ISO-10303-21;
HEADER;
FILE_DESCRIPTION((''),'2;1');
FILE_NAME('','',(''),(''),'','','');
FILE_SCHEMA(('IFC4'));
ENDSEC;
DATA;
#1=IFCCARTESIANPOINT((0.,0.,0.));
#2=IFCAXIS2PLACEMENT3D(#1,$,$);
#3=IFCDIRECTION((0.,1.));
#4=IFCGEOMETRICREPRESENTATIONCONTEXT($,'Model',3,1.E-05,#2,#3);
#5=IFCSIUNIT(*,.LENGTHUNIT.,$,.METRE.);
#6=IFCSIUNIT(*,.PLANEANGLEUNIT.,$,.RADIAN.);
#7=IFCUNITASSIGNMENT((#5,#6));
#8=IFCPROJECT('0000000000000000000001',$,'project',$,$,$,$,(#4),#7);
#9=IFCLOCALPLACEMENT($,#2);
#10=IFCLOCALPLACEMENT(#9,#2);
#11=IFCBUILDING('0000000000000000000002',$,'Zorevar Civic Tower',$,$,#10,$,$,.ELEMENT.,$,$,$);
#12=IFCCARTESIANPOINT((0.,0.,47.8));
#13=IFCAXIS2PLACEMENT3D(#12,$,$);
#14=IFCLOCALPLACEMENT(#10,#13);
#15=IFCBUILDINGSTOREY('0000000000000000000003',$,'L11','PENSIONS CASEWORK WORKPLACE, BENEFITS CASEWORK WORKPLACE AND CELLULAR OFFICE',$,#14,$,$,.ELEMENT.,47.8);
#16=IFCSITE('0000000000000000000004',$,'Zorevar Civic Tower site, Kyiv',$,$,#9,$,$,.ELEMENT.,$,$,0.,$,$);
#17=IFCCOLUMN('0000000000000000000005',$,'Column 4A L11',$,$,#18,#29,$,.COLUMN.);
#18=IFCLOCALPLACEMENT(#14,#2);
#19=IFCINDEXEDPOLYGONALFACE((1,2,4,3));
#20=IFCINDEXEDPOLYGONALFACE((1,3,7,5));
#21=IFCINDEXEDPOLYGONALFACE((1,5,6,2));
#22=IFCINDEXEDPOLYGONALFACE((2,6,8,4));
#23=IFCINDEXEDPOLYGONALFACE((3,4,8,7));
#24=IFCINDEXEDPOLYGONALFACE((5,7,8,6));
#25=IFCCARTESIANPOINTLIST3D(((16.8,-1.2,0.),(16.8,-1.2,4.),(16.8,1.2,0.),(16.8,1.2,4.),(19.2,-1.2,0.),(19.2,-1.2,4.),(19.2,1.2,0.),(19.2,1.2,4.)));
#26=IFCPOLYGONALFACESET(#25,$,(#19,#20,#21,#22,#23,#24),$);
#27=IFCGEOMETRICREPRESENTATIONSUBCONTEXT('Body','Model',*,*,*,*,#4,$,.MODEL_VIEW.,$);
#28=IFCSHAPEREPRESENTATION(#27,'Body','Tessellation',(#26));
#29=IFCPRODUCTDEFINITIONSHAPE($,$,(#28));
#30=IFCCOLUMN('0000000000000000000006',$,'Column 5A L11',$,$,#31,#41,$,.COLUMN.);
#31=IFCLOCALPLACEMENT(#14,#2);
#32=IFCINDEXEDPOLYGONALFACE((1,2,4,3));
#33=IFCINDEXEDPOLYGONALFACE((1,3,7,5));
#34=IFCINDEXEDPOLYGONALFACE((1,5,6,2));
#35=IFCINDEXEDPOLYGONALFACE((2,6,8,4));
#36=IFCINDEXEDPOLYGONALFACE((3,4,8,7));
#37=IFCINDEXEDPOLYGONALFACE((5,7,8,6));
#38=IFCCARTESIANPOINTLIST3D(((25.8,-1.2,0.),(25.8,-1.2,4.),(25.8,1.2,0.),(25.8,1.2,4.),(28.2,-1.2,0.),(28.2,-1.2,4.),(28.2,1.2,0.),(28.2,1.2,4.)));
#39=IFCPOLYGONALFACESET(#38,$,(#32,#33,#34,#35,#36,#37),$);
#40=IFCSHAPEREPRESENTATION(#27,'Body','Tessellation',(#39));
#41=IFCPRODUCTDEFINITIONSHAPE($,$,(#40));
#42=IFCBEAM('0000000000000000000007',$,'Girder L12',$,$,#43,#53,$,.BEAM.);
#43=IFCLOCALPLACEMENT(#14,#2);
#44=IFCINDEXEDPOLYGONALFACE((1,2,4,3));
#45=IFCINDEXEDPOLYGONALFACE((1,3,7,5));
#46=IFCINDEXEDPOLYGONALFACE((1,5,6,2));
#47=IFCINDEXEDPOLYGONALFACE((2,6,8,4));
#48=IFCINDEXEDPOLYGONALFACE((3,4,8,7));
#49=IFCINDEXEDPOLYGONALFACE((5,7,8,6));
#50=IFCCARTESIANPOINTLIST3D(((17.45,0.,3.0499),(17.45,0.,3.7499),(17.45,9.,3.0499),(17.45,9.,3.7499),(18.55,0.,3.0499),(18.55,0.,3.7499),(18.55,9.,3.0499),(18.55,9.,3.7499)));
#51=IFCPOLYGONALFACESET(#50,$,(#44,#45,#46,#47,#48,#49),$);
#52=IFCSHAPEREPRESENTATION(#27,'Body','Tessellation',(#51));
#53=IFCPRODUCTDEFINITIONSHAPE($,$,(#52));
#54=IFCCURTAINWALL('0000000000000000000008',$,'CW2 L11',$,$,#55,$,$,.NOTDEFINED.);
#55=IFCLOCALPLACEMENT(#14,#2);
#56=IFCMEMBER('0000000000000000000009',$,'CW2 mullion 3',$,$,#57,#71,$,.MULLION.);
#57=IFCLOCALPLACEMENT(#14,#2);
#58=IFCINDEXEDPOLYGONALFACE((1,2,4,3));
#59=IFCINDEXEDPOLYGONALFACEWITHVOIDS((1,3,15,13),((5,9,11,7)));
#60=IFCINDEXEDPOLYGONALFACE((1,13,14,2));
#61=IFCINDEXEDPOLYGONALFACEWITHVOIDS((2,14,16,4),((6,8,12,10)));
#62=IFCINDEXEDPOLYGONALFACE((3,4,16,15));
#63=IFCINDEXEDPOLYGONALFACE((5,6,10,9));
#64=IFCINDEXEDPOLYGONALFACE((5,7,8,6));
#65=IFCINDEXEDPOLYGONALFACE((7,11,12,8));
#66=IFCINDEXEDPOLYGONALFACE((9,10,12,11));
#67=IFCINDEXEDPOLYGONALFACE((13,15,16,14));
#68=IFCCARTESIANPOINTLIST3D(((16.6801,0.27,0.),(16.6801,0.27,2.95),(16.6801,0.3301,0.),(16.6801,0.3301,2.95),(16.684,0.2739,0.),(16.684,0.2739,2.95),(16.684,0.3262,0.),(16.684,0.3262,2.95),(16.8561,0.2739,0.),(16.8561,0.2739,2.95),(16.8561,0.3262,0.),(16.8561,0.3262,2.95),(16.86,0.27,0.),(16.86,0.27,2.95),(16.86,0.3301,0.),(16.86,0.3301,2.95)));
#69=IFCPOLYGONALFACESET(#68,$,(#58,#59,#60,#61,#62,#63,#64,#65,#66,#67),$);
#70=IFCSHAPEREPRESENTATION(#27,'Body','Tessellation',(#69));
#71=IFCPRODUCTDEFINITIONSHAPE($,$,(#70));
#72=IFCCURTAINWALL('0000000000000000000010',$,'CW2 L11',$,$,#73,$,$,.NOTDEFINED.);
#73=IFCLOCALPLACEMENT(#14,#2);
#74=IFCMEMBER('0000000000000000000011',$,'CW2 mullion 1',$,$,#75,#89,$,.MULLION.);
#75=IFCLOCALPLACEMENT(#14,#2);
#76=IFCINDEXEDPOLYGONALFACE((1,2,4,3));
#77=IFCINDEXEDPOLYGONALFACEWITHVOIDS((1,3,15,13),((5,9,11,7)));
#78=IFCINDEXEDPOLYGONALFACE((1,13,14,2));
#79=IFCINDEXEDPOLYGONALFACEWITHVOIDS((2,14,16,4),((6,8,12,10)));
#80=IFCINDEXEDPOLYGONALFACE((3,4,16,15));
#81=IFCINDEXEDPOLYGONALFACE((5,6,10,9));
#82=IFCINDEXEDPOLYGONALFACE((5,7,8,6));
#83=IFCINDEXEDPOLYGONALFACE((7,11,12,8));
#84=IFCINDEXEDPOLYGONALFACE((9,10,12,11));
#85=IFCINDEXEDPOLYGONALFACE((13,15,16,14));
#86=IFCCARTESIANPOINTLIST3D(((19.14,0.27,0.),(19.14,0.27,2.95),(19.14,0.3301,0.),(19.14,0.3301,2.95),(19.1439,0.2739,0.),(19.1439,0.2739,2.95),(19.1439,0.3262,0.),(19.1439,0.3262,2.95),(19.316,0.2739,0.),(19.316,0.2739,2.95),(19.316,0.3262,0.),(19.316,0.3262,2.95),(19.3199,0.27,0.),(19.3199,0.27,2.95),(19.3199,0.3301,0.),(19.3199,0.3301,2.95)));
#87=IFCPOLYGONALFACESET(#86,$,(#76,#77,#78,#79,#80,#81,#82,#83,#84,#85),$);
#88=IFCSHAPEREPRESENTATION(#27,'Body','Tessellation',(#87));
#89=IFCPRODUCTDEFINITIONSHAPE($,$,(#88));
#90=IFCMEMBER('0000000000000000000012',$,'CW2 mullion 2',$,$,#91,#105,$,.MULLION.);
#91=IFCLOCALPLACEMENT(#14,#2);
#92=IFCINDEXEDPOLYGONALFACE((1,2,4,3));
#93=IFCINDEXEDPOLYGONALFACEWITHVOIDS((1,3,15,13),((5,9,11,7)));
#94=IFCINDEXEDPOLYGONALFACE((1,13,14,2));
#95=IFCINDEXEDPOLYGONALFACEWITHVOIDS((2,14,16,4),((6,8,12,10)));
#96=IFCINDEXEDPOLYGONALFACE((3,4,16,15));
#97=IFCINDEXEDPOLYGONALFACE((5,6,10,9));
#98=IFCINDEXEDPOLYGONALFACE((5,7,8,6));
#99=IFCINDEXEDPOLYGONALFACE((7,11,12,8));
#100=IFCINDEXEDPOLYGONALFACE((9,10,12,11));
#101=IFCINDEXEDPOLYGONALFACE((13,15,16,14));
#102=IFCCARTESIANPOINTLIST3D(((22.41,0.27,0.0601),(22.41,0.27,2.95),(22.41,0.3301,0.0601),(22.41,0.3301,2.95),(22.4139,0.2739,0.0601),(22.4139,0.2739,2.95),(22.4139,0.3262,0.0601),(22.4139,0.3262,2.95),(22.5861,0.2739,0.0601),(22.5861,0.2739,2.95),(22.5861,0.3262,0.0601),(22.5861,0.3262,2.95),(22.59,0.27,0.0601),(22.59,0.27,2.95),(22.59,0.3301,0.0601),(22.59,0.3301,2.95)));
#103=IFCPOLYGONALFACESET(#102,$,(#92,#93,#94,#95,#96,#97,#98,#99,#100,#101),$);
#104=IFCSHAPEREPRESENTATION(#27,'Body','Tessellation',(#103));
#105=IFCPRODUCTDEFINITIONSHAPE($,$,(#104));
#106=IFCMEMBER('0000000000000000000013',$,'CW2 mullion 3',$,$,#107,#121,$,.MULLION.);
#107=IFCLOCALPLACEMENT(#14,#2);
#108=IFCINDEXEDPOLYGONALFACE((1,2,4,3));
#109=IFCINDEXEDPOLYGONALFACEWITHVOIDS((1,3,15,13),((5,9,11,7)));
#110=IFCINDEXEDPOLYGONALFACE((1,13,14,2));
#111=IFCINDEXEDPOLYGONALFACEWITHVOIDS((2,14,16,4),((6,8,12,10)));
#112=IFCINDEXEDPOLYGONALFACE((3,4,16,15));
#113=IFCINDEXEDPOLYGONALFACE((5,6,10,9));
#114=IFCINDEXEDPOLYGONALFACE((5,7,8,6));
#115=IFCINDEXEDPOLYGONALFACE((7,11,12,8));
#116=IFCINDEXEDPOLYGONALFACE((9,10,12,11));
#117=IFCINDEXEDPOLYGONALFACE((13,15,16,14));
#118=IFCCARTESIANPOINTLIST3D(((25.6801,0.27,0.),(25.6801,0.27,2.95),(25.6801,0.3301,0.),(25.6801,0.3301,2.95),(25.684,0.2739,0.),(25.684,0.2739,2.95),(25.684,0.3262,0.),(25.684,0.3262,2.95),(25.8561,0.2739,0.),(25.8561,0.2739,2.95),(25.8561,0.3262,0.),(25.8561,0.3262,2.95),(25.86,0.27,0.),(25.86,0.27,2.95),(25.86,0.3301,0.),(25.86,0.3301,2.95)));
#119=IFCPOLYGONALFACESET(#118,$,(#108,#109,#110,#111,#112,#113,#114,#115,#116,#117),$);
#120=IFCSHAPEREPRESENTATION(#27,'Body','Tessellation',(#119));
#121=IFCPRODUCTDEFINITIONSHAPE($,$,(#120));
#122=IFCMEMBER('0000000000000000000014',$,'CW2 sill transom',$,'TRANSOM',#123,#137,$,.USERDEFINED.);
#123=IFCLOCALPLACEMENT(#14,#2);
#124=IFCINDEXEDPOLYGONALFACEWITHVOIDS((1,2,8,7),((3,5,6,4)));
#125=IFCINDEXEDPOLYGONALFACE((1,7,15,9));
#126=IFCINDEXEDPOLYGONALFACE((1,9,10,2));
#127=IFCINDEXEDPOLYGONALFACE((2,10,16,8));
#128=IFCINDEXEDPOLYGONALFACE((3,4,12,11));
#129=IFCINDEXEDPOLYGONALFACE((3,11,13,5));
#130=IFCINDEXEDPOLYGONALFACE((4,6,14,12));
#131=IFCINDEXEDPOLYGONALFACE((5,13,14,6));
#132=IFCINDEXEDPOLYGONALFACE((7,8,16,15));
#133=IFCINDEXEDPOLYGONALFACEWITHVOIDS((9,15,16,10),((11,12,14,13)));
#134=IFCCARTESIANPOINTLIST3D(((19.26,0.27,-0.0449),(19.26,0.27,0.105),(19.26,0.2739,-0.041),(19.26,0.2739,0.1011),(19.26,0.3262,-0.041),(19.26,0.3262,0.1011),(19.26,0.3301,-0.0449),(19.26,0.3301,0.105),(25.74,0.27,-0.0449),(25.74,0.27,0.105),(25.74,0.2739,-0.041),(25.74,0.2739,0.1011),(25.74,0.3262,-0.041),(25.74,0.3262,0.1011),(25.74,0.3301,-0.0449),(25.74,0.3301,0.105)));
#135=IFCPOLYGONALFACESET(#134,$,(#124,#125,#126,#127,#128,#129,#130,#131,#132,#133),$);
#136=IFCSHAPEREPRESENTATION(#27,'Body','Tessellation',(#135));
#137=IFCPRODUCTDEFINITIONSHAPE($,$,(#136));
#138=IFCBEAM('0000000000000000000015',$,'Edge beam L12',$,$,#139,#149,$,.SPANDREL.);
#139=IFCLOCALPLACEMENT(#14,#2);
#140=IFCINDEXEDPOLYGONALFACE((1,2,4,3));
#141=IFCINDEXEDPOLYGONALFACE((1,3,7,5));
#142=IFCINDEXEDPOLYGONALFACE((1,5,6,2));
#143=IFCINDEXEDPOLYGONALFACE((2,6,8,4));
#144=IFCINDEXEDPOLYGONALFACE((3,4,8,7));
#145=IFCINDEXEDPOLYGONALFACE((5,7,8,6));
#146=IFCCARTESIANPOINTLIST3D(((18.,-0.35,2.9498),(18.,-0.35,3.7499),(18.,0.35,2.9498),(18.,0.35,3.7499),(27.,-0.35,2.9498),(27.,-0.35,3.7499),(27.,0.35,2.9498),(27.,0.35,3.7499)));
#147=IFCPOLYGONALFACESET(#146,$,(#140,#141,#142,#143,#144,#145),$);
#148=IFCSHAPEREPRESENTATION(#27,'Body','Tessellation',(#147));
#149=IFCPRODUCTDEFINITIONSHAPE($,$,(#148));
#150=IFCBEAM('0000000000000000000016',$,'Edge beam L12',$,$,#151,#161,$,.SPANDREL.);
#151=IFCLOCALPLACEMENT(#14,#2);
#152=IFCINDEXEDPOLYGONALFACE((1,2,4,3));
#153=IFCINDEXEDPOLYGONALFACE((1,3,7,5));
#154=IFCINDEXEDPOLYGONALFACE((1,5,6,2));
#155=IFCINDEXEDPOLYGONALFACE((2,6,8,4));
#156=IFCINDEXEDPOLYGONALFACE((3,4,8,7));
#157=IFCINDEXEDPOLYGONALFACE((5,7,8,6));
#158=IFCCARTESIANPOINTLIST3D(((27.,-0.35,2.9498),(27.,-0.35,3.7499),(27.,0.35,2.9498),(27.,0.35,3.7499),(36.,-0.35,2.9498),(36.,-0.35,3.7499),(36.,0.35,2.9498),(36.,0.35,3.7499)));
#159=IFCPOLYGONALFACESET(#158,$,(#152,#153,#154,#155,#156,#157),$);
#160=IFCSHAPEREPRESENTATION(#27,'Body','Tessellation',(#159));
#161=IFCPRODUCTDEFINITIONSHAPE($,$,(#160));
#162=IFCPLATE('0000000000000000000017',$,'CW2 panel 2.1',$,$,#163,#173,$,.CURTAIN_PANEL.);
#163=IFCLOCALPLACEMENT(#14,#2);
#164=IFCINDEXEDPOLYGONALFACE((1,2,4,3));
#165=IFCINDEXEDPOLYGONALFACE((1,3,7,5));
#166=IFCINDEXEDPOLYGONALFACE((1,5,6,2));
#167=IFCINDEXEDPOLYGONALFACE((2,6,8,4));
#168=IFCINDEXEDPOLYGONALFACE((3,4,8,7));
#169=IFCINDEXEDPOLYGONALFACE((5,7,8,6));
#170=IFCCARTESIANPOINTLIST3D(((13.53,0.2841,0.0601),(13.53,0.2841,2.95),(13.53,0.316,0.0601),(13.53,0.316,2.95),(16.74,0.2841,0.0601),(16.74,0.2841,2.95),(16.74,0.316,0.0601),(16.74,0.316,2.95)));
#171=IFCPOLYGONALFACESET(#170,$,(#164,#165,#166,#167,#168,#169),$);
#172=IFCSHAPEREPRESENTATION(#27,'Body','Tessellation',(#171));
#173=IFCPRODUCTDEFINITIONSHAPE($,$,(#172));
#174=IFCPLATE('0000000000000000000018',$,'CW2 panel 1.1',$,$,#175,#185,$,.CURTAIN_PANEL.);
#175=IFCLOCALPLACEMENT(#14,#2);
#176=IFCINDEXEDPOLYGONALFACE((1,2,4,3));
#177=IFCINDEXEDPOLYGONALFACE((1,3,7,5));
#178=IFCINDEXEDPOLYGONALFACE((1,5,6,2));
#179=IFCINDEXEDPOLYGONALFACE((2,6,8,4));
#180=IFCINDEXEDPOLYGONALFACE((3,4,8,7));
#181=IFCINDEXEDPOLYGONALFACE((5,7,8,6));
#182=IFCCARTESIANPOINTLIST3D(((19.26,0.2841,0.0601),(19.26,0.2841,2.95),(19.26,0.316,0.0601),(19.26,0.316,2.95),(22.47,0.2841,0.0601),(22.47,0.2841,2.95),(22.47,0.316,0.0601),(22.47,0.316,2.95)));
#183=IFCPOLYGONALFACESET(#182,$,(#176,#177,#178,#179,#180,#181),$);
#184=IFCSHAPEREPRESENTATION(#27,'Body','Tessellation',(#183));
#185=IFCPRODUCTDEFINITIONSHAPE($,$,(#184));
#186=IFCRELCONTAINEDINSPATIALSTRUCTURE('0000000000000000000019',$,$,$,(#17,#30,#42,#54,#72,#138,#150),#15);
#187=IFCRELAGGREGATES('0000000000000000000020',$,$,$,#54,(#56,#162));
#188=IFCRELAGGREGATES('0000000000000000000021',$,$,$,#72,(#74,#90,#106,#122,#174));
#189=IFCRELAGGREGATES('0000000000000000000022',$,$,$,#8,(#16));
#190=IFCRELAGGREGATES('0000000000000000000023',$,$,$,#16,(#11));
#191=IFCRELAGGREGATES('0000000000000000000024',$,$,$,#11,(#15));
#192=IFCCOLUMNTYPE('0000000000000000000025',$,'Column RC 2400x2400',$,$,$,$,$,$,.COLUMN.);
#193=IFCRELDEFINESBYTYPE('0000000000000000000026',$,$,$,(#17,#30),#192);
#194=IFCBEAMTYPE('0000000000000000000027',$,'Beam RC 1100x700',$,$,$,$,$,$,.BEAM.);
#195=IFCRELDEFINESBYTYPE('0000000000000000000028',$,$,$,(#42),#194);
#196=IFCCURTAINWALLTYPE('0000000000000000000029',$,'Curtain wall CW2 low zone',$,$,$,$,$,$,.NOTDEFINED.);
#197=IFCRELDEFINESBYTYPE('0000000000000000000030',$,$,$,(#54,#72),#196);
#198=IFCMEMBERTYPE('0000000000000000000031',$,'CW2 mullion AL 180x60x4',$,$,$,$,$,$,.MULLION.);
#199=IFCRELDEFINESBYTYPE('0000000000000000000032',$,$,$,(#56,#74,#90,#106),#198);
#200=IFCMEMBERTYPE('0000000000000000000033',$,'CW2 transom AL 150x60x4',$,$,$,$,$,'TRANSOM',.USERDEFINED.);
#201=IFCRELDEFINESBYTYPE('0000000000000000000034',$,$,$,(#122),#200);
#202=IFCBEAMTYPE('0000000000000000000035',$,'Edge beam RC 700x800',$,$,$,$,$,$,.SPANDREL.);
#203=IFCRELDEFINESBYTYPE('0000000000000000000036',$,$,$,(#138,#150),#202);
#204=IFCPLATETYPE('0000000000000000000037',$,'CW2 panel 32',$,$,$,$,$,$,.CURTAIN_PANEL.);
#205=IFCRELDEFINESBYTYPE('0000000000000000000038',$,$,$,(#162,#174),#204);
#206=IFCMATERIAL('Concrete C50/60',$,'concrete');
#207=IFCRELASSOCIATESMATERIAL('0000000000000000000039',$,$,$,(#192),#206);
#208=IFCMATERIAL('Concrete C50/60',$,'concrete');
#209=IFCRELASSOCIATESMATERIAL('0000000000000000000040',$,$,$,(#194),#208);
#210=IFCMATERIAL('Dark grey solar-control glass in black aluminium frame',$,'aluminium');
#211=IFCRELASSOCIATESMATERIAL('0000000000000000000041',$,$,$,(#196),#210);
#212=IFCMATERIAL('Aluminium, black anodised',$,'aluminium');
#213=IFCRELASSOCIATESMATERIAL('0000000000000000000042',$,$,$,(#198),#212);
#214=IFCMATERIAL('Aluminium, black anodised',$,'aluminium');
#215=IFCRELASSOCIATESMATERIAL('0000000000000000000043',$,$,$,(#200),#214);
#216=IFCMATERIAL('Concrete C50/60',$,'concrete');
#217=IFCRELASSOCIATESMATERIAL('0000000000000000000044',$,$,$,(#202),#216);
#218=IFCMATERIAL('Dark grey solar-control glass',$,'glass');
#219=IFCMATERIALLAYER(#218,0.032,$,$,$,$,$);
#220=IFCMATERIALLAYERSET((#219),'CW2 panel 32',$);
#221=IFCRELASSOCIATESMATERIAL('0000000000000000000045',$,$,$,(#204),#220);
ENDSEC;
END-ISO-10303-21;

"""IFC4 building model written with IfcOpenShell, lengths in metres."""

from ifc_helpers import new_model, si_unit, direction, frame, origin, origin_2d, place, context, subcontext, project, spatial, rectangle, hollow_rectangle, extrude, material, layer, layer_set, material_profile, profile_set, type_object, element, aggregate, save


model = new_model("IFC4")

# Units and contexts
model_context = context("Model", 3, precision=1e-05, world=origin(), true_north=direction((0.0, 1.0)))
body_context = subcontext(model_context, "Body", "Model", "MODEL_VIEW")
ifc_project = project(units=[si_unit("LENGTHUNIT", "METRE"), si_unit("PLANEANGLEUNIT", "RADIAN")], contexts=[model_context])

# Site, building, storey
site_placement = place(None, origin())
site = spatial("IfcSite", under=ifc_project, at=site_placement, Name="Zorevar Civic Tower site, Kyiv", CompositionType="ELEMENT", RefElevation=0.0)
building_placement = place(site_placement, origin())
building = spatial("IfcBuilding", under=site, at=building_placement, Name="Zorevar Civic Tower", CompositionType="ELEMENT")
storey_placement = place(building_placement, frame((0.0, 0.0, 47.8)))
storey = spatial("IfcBuildingStorey", under=building, at=storey_placement, Name="L11", Description="PENSIONS CASEWORK WORKPLACE, BENEFITS CASEWORK WORKPLACE AND CELLULAR OFFICE", CompositionType="ELEMENT", Elevation=47.8)

# Columns
ifc_material_1 = material(Name="Concrete C50/60", Category="concrete")
ifc_material_profile_1 = material_profile(ifc_material_1, rectangle(XDim=2.3999, YDim=2.3999, at=origin_2d()), Name="RC 2400x2400")
ifc_profile_set_1 = profile_set([ifc_material_profile_1], Name="Concrete C50/60")
column_type = type_object("IfcColumnType", Name="Column RC 2400x2400", PredefinedType="COLUMN", material=ifc_profile_set_1)
for number, where, z_axis, x_axis, name in (
    (1, (18.0, 0.0, 0.0), (0.0, 0.0, 1.0), (1.0, 0.0, 0.0), "Column 4A L11"),
    (2, (27.0, 0.0, 0.0), (0.0, 0.0, 1.0), (1.0, 0.0, 0.0), "Column 5A L11"),
):
    element("IfcColumn", number, at=place(storey_placement, frame(where, z_axis=z_axis, x_axis=x_axis)), inside=storey, type_object=column_type, Name=name, PredefinedType="COLUMN", context=body_context, shape_type="SweptSolid", body=[
        extrude(rectangle(XDim=2.3999, YDim=2.3999, at=origin_2d()), origin(), (0.0, 0.0, 1.0), 4.0),
    ])

# Beam
ifc_material_2 = material(Name="Concrete C50/60", Category="concrete")
ifc_material_profile_2 = material_profile(ifc_material_2, rectangle(XDim=1.1001, YDim=0.7, at=origin_2d()), Name="RC 1100x700")
ifc_profile_set_2 = profile_set([ifc_material_profile_2], Name="Concrete C50/60")
beam_type_1 = type_object("IfcBeamType", Name="Beam RC 1100x700", PredefinedType="BEAM", material=ifc_profile_set_2)
beam_placement = place(storey_placement, frame((18.0, 0.0, 3.3999), z_axis=(0.0, 1.0, 0.0), x_axis=(-1.0, 0.0, 0.0)))
element("IfcBeam", 3, at=beam_placement, inside=storey, type_object=beam_type_1, Name="Girder L12", PredefinedType="BEAM", context=body_context, shape_type="SweptSolid", body=[
    extrude(rectangle(XDim=1.1001, YDim=0.7, at=origin_2d()), origin(), (0.0, 0.0, 1.0), 9.0),
])

# Curtain wall, member
ifc_material_3 = material(Name="Dark grey solar-control glass in black aluminium frame", Category="aluminium")
curtain_wall_type = type_object("IfcCurtainWallType", Name="Curtain wall CW2 low zone", PredefinedType="NOTDEFINED", material=ifc_material_3)
curtain_wall_1_placement = place(storey_placement, origin())
curtain_wall_1 = element("IfcCurtainWall", 4, at=curtain_wall_1_placement, inside=storey, type_object=curtain_wall_type, Name="CW2 L11", PredefinedType="NOTDEFINED")
ifc_material_4 = material(Name="Aluminium, black anodised", Category="aluminium")
ifc_material_profile_3 = material_profile(ifc_material_4, hollow_rectangle(XDim=0.0601, YDim=0.1799, WallThickness=0.0039, at=origin_2d()), Name="AL 180x60x4")
ifc_profile_set_3 = profile_set([ifc_material_profile_3], Name="Aluminium, black anodised")
member_type_1 = type_object("IfcMemberType", Name="CW2 mullion AL 180x60x4", PredefinedType="MULLION", material=ifc_profile_set_3)
member_1_placement = place(storey_placement, frame((16.77, 0.3, 0.0), z_axis=(0.0, 0.0, 1.0), x_axis=(0.0, 1.0, 0.0)))
member_1 = element("IfcMember", 5, at=member_1_placement, type_object=member_type_1, Name="CW2 mullion 3", PredefinedType="MULLION", context=body_context, shape_type="SweptSolid", body=[
    extrude(hollow_rectangle(XDim=0.0601, YDim=0.1799, WallThickness=0.0039, at=origin_2d()), origin(), (0.0, 0.0, 1.0), 2.95),
])

# Curtain wall, members
curtain_wall_2_placement = place(storey_placement, origin())
curtain_wall_2 = element("IfcCurtainWall", 6, at=curtain_wall_2_placement, inside=storey, type_object=curtain_wall_type, Name="CW2 L11", PredefinedType="NOTDEFINED")
member_2_placement = place(storey_placement, frame((19.23, 0.3, 0.0), z_axis=(0.0, 0.0, 1.0), x_axis=(0.0, 1.0, 0.0)))
member_2 = element("IfcMember", 7, at=member_2_placement, type_object=member_type_1, Name="CW2 mullion 1", PredefinedType="MULLION", context=body_context, shape_type="SweptSolid", body=[
    extrude(hollow_rectangle(XDim=0.0601, YDim=0.1799, WallThickness=0.0039, at=origin_2d()), origin(), (0.0, 0.0, 1.0), 2.95),
])
member_3_placement = place(storey_placement, frame((22.5, 0.3, 0.0601), z_axis=(0.0, 0.0, 1.0), x_axis=(0.0, 1.0, 0.0)))
member_3 = element("IfcMember", 8, at=member_3_placement, type_object=member_type_1, Name="CW2 mullion 2", PredefinedType="MULLION", context=body_context, shape_type="SweptSolid", body=[
    extrude(hollow_rectangle(XDim=0.0601, YDim=0.1799, WallThickness=0.0039, at=origin_2d()), origin(), (0.0, 0.0, 1.0), 2.8899),
])
member_4_placement = place(storey_placement, frame((25.77, 0.3, 0.0), z_axis=(0.0, 0.0, 1.0), x_axis=(0.0, 1.0, 0.0)))
member_4 = element("IfcMember", 9, at=member_4_placement, type_object=member_type_1, Name="CW2 mullion 3", PredefinedType="MULLION", context=body_context, shape_type="SweptSolid", body=[
    extrude(hollow_rectangle(XDim=0.0601, YDim=0.1799, WallThickness=0.0039, at=origin_2d()), origin(), (0.0, 0.0, 1.0), 2.95),
])
ifc_material_5 = material(Name="Aluminium, black anodised", Category="aluminium")
ifc_material_profile_4 = material_profile(ifc_material_5, hollow_rectangle(XDim=0.0601, YDim=0.1499, WallThickness=0.0039, at=origin_2d()), Name="AL 150x60x4")
ifc_profile_set_4 = profile_set([ifc_material_profile_4], Name="Aluminium, black anodised")
member_type_2 = type_object("IfcMemberType", Name="CW2 transom AL 150x60x4", ElementType="TRANSOM", PredefinedType="USERDEFINED", material=ifc_profile_set_4)
member_5_placement = place(storey_placement, frame((19.26, 0.3, 0.03), z_axis=(1.0, 0.0, 0.0), x_axis=(0.0, 1.0, 0.0)))
member_5 = element("IfcMember", 10, at=member_5_placement, type_object=member_type_2, Name="CW2 sill transom", ObjectType="TRANSOM", PredefinedType="USERDEFINED", context=body_context, shape_type="SweptSolid", body=[
    extrude(hollow_rectangle(XDim=0.0601, YDim=0.1499, WallThickness=0.0039, at=origin_2d()), origin(), (0.0, 0.0, 1.0), 6.48),
])

# Beams
ifc_material_6 = material(Name="Concrete C50/60", Category="concrete")
ifc_material_profile_5 = material_profile(ifc_material_6, rectangle(XDim=0.7, YDim=0.8, at=origin_2d()), Name="RC 700x800")
ifc_profile_set_5 = profile_set([ifc_material_profile_5], Name="Concrete C50/60")
beam_type_2 = type_object("IfcBeamType", Name="Edge beam RC 700x800", PredefinedType="SPANDREL", material=ifc_profile_set_5)
for number, where, z_axis, x_axis, name in (
    (11, (18.0, 0.0, 3.3499), (1.0, 0.0, 0.0), (0.0, 1.0, 0.0), "Edge beam L12"),
    (12, (27.0, 0.0, 3.3499), (1.0, 0.0, 0.0), (0.0, 1.0, 0.0), "Edge beam L12"),
):
    element("IfcBeam", number, at=place(storey_placement, frame(where, z_axis=z_axis, x_axis=x_axis)), inside=storey, type_object=beam_type_2, Name=name, PredefinedType="SPANDREL", context=body_context, shape_type="SweptSolid", body=[
        extrude(rectangle(XDim=0.7, YDim=0.8, at=origin_2d()), origin(), (0.0, 0.0, 1.0), 9.0),
    ])

# Plates
ifc_material_7 = material(Name="Dark grey solar-control glass", Category="glass")
ifc_layer_1 = layer(ifc_material_7, 0.032)
ifc_layer_set_1 = layer_set([ifc_layer_1], Name="CW2 panel 32")
plate_type = type_object("IfcPlateType", Name="CW2 panel 32", PredefinedType="CURTAIN_PANEL", material=ifc_layer_set_1)
plate_1_placement = place(storey_placement, frame((15.135, 0.3, 0.0601), z_axis=(0.0, 0.0, 1.0), x_axis=(1.0, 0.0, 0.0)))
plate_1 = element("IfcPlate", 13, at=plate_1_placement, type_object=plate_type, Name="CW2 panel 2.1", PredefinedType="CURTAIN_PANEL", context=body_context, shape_type="SweptSolid", body=[
    extrude(rectangle(XDim=3.21, YDim=0.032, at=origin_2d()), origin(), (0.0, 0.0, 1.0), 2.8899),
])
aggregate(curtain_wall_1, [member_1, plate_1])
plate_2_placement = place(storey_placement, frame((20.865, 0.3, 0.0601), z_axis=(0.0, 0.0, 1.0), x_axis=(1.0, 0.0, 0.0)))
plate_2 = element("IfcPlate", 14, at=plate_2_placement, type_object=plate_type, Name="CW2 panel 1.1", PredefinedType="CURTAIN_PANEL", context=body_context, shape_type="SweptSolid", body=[
    extrude(rectangle(XDim=3.21, YDim=0.032, at=origin_2d()), origin(), (0.0, 0.0, 1.0), 2.8899),
])
aggregate(curtain_wall_2, [member_2, member_3, member_4, member_5, plate_2])

save(model, "model.ifc")
